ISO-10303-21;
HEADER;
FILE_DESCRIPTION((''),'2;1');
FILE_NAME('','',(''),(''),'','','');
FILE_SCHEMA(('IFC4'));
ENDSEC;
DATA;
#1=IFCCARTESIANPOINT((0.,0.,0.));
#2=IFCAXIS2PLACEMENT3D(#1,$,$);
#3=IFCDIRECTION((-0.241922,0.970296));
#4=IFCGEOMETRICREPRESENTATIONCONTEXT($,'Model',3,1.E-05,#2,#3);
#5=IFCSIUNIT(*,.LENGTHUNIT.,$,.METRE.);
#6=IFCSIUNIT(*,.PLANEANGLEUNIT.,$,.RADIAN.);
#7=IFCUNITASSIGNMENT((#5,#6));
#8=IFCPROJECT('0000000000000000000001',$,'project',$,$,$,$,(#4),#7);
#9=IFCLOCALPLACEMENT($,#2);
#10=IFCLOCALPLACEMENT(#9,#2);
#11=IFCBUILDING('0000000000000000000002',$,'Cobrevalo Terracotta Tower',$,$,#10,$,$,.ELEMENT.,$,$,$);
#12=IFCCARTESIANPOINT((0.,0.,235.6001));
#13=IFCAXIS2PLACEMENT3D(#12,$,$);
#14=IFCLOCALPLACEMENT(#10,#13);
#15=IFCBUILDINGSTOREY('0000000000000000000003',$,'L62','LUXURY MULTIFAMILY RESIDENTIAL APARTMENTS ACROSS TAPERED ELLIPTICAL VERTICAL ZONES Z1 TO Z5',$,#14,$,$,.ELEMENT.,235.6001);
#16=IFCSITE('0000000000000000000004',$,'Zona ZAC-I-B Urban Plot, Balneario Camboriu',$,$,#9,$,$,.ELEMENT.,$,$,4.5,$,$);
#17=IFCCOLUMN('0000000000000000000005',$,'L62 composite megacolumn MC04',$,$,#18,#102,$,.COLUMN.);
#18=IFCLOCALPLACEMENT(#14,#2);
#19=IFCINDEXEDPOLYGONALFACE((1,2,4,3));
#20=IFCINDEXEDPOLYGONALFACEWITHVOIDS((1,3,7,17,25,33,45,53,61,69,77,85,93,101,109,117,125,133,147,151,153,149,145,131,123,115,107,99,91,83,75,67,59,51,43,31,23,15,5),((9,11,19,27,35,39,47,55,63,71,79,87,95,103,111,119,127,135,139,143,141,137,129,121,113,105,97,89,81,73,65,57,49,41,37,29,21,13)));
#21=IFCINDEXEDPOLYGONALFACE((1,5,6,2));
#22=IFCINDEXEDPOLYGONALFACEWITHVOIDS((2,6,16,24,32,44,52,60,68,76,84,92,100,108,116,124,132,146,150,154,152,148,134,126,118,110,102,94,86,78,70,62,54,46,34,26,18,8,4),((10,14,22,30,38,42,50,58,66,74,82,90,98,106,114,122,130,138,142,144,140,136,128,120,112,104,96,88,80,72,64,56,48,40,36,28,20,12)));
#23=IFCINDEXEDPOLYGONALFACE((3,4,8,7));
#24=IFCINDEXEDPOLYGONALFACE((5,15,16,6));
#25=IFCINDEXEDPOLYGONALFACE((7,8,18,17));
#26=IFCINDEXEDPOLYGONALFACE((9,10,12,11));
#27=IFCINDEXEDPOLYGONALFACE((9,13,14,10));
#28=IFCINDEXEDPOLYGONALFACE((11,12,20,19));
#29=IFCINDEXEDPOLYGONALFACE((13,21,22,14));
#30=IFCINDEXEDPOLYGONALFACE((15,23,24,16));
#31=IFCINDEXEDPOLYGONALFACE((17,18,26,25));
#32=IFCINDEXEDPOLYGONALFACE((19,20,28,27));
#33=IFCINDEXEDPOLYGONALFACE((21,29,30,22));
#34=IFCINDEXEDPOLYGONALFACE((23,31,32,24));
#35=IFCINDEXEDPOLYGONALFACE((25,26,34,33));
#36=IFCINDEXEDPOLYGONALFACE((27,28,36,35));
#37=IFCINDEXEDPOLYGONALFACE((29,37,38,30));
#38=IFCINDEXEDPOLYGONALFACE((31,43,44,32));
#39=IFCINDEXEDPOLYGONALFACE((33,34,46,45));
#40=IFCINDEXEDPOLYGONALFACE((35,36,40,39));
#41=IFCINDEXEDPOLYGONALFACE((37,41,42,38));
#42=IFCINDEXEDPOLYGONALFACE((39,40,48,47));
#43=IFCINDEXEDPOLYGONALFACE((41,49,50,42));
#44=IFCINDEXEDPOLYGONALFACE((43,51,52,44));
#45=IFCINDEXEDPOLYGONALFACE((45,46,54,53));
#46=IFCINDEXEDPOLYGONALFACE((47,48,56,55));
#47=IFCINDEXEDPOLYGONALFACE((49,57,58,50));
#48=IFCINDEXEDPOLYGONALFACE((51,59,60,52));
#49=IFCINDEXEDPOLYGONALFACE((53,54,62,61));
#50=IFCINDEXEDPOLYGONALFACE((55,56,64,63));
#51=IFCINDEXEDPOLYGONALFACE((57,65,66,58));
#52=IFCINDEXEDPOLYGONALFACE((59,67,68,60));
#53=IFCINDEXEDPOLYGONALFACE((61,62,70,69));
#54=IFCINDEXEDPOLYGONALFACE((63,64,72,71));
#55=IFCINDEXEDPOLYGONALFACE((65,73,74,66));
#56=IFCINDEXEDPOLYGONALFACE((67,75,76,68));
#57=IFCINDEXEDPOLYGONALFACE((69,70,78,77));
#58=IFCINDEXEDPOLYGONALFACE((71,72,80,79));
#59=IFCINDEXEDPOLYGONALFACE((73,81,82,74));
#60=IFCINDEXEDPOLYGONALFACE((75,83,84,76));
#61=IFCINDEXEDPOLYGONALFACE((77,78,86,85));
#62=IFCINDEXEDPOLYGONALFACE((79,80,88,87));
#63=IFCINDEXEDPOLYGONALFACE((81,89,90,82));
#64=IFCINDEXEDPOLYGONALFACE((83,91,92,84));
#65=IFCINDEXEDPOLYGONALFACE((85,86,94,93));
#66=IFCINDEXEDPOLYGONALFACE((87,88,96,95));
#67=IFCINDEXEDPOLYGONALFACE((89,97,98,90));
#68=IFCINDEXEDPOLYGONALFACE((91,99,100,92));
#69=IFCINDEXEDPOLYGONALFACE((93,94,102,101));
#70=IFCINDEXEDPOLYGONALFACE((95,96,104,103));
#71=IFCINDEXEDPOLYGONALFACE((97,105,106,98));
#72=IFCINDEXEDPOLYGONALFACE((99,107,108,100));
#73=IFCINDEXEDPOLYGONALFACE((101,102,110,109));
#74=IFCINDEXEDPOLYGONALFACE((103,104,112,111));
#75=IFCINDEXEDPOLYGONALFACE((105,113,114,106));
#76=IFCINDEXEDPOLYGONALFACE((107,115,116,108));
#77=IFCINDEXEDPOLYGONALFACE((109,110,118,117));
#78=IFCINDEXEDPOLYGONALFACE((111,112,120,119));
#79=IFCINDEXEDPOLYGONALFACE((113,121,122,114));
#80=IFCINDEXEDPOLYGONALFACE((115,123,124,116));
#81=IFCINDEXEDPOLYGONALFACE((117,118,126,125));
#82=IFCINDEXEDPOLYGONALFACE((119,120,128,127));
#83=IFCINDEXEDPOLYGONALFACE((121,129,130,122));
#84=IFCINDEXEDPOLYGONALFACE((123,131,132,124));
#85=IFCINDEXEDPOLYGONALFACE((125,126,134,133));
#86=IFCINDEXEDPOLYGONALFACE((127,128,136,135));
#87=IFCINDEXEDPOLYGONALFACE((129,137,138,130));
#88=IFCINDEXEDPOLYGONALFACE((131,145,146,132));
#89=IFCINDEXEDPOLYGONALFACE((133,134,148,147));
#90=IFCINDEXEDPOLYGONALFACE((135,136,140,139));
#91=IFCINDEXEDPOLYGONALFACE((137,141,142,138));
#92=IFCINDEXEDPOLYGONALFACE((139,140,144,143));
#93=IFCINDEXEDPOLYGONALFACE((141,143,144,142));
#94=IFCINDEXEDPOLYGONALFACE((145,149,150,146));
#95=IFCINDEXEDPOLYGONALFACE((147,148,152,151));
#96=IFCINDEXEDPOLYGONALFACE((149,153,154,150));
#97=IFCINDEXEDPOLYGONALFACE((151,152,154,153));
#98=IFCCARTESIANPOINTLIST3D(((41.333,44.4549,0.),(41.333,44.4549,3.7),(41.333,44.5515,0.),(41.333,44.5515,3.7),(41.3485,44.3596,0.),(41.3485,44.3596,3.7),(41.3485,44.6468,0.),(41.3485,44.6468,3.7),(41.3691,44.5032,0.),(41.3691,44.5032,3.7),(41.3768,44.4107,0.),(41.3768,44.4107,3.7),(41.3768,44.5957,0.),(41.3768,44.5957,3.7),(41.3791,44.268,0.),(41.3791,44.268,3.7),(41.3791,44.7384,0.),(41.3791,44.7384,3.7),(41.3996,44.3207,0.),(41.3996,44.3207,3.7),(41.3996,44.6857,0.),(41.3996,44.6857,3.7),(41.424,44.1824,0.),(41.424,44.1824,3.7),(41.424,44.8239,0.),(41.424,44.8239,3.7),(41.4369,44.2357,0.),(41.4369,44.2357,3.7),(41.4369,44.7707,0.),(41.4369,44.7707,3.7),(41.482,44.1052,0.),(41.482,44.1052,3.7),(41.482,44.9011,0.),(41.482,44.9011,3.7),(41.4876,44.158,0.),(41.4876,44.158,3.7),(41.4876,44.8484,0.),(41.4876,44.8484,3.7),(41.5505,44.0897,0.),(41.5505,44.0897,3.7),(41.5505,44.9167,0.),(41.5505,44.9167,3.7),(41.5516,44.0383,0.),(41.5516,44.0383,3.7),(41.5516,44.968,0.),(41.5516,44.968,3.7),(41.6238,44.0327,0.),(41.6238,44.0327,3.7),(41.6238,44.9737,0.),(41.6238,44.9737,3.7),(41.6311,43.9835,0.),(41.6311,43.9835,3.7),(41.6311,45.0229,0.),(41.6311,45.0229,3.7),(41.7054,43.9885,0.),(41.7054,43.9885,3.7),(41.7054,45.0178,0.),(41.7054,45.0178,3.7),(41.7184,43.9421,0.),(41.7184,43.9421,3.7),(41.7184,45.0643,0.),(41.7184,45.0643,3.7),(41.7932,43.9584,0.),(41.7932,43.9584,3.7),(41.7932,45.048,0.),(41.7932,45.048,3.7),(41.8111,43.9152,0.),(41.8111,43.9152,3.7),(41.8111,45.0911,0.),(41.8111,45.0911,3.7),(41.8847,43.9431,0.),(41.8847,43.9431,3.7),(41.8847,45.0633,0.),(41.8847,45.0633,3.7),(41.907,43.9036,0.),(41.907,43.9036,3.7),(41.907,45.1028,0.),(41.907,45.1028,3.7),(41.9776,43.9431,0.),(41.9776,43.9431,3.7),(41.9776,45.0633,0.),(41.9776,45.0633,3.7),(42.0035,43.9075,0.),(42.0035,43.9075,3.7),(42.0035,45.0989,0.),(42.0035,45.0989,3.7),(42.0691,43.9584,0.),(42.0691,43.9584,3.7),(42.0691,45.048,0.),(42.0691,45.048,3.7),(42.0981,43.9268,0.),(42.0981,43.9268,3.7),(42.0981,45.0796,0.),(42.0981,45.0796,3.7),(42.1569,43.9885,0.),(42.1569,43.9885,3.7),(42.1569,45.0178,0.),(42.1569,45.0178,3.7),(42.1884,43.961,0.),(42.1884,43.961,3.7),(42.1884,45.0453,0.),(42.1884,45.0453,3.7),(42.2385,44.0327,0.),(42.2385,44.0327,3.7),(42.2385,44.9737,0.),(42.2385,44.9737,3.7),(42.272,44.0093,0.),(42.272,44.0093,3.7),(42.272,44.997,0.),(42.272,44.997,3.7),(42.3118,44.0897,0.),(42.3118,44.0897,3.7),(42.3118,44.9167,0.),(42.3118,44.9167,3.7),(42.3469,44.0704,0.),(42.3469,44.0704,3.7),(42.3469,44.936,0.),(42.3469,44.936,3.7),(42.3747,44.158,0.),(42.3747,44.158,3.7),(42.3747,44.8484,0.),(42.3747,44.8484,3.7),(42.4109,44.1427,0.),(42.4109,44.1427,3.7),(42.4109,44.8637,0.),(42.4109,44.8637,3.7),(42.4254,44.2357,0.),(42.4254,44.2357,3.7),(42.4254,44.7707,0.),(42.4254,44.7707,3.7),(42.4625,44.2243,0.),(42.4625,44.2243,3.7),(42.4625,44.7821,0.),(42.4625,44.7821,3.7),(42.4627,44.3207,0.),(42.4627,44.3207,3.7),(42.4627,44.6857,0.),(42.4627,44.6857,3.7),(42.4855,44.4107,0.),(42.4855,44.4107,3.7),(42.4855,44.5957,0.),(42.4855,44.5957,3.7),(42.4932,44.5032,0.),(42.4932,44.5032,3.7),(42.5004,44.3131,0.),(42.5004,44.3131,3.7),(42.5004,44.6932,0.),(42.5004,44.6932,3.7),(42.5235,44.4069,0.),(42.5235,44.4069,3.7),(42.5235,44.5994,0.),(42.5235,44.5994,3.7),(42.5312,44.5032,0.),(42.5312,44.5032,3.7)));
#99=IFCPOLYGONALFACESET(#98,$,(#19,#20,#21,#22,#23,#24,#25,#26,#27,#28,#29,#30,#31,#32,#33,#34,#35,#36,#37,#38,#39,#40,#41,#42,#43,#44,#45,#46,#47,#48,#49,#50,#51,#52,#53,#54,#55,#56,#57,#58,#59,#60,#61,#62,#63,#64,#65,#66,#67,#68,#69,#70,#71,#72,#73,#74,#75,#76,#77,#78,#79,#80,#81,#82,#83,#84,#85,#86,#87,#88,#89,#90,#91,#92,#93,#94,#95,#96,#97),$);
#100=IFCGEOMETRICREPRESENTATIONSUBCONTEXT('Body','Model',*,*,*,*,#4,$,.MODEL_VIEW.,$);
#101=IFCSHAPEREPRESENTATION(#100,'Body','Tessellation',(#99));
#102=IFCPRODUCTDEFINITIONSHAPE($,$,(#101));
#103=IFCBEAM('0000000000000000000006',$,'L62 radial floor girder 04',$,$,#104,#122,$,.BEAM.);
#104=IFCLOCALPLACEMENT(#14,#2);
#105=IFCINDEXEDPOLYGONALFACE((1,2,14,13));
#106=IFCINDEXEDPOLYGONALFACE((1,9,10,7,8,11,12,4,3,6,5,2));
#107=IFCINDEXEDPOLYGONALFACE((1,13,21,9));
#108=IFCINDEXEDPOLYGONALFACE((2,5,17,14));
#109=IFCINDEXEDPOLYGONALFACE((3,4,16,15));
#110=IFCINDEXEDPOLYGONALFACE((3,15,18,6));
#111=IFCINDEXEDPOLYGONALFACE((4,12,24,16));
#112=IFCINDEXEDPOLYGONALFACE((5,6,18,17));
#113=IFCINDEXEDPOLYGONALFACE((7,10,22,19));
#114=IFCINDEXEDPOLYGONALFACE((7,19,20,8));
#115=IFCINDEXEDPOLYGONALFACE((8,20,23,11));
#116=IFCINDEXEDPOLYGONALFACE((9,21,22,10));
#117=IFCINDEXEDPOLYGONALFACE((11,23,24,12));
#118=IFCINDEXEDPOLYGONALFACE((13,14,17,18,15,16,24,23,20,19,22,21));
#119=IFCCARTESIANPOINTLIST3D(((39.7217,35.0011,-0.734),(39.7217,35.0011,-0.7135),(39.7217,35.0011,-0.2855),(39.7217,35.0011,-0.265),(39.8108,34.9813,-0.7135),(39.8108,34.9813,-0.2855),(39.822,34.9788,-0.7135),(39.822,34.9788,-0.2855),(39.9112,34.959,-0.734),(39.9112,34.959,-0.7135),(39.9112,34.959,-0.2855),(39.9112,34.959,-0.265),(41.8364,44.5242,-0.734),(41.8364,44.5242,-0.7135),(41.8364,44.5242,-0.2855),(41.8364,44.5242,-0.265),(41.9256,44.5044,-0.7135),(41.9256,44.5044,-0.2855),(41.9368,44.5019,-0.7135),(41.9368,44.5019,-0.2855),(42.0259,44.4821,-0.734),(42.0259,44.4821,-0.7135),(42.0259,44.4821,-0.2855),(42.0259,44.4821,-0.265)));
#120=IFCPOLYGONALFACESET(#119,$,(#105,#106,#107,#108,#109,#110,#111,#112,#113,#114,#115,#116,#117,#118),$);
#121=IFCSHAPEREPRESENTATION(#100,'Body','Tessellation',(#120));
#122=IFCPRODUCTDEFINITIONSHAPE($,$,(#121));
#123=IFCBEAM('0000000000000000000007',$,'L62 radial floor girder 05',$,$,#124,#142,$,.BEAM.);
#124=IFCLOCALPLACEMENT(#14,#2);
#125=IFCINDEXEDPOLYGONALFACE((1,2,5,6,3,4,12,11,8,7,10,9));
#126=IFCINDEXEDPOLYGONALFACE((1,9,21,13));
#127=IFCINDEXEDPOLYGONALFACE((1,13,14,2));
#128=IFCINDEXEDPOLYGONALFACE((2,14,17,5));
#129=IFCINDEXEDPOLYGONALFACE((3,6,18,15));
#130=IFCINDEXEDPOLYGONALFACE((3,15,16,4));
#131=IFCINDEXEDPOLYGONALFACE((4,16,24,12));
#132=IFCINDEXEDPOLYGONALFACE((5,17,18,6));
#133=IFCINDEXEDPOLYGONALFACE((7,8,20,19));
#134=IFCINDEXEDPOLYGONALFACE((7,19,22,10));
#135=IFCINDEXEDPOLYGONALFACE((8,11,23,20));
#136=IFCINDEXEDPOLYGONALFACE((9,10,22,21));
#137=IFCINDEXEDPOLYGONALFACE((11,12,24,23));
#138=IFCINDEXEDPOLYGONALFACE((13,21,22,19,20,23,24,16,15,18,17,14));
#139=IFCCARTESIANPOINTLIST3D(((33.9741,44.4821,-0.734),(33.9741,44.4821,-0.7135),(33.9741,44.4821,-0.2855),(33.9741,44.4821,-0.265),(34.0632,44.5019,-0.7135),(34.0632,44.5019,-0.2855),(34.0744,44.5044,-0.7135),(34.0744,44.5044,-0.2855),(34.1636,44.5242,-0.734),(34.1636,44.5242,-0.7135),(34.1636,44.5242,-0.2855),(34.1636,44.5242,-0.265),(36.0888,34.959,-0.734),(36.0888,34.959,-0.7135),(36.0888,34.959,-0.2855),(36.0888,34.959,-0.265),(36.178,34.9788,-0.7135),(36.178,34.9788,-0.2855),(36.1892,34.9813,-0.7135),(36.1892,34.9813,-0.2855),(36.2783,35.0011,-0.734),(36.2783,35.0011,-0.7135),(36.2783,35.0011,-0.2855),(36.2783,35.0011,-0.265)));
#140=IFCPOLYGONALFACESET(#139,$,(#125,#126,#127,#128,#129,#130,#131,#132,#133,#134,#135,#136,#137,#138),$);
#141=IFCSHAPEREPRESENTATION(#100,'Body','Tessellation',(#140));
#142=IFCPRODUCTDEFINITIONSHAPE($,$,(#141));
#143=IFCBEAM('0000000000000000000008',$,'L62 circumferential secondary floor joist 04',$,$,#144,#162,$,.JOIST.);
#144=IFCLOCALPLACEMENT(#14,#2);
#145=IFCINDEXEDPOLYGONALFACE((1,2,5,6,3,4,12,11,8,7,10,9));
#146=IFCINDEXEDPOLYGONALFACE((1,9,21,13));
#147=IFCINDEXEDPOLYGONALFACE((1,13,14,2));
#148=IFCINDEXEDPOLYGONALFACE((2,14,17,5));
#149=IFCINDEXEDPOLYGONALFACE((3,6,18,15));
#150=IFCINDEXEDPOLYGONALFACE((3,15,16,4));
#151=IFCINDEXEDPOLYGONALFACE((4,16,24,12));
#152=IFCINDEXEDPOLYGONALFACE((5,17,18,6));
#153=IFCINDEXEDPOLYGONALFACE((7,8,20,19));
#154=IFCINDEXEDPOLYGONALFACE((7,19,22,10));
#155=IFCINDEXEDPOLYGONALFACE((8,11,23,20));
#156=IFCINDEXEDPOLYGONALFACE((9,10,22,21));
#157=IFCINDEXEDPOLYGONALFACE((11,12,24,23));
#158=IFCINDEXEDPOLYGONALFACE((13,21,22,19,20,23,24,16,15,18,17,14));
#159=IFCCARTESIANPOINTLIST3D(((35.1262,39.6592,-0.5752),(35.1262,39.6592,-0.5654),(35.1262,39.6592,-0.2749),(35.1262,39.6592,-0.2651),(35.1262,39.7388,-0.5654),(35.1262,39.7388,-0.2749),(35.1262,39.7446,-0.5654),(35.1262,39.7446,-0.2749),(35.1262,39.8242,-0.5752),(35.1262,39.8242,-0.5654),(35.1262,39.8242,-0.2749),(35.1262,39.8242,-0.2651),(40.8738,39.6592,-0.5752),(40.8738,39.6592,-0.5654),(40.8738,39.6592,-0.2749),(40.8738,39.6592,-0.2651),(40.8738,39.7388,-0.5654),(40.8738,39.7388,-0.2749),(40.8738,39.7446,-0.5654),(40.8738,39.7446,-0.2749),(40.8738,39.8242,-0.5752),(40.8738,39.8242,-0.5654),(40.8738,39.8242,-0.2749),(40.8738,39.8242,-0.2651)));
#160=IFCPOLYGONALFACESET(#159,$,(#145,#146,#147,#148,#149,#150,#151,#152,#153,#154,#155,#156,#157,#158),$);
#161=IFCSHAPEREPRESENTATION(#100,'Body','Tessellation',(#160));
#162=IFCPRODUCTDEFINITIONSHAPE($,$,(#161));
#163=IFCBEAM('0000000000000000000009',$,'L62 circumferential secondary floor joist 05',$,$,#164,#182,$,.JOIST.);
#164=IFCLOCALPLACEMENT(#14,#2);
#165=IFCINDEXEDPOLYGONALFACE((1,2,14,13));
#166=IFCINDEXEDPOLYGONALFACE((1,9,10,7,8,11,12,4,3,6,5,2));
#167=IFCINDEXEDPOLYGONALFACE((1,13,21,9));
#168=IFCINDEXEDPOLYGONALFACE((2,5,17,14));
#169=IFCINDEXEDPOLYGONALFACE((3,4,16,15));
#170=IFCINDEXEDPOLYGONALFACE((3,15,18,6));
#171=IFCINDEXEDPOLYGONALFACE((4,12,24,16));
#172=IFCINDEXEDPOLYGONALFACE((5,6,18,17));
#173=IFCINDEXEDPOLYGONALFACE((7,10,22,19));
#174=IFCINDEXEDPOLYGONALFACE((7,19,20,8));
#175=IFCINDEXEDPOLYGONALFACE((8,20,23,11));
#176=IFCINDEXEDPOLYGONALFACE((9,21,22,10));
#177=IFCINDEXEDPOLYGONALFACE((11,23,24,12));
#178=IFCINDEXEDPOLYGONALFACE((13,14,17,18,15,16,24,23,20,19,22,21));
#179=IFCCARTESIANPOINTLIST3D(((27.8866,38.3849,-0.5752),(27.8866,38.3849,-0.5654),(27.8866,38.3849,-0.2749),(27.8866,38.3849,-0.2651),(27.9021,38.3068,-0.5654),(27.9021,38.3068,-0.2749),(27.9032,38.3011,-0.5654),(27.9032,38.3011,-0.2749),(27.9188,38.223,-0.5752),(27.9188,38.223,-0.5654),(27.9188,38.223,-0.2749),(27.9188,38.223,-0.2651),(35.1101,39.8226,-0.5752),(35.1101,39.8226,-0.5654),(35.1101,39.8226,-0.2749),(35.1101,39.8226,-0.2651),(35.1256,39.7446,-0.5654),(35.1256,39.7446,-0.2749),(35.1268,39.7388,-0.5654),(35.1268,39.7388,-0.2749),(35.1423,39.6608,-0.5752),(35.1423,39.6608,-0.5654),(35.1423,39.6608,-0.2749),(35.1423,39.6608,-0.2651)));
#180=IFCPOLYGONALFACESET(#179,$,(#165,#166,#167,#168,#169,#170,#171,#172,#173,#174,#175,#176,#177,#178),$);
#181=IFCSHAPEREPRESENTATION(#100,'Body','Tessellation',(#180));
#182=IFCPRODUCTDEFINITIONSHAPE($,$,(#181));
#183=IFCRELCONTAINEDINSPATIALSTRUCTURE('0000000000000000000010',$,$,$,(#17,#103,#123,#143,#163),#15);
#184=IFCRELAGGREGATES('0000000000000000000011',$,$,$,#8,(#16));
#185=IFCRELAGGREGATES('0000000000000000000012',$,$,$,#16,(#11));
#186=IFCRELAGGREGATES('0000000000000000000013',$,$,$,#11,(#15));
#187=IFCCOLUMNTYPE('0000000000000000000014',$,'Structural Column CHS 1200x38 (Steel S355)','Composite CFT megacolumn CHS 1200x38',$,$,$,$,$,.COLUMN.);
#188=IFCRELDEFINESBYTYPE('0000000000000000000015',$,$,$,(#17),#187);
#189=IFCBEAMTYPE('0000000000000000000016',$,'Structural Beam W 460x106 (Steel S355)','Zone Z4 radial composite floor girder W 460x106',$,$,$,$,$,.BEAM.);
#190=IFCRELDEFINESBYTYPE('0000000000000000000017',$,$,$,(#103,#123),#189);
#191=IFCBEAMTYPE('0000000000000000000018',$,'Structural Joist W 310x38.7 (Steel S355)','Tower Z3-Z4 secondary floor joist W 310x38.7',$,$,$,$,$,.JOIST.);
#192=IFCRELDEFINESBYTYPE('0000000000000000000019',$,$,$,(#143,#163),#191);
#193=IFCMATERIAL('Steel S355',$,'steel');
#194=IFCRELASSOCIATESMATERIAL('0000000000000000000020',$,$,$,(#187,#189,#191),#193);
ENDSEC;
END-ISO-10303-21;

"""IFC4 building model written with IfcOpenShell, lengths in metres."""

from ifc_helpers import new_model, si_unit, direction, frame, origin, origin_2d, place, context, subcontext, project, spatial, hollow_circle, i_section, extrude, material, material_profile, profile_set, type_object, element, save


model = new_model("IFC4")

# Units and contexts
model_context = context("Model", 3, precision=1e-05, world=origin(), true_north=direction((-0.241922, 0.970296)))
body_context = subcontext(model_context, "Body", "Model", "MODEL_VIEW")
ifc_project = project(units=[si_unit("LENGTHUNIT", "METRE"), si_unit("PLANEANGLEUNIT", "RADIAN")], contexts=[model_context])

# Site, building, storey
site_placement = place(None, origin())
site = spatial("IfcSite", under=ifc_project, at=site_placement, Name="Zona ZAC-I-B Urban Plot, Balneario Camboriu", CompositionType="ELEMENT", RefElevation=4.5)
building_placement = place(site_placement, origin())
building = spatial("IfcBuilding", under=site, at=building_placement, Name="Cobrevalo Terracotta Tower", CompositionType="ELEMENT")
storey_placement = place(building_placement, frame((0.0, 0.0, 235.6001)))
storey = spatial("IfcBuildingStorey", under=building, at=storey_placement, Name="L62", Description="LUXURY MULTIFAMILY RESIDENTIAL APARTMENTS ACROSS TAPERED ELLIPTICAL VERTICAL ZONES Z1 TO Z5", CompositionType="ELEMENT", Elevation=235.6001)

# Column
ifc_material_1 = material(Name="Steel S355", Category="steel")
ifc_material_profile_1 = material_profile(ifc_material_1, hollow_circle(Radius=0.6001, WallThickness=0.0381, at=origin_2d()), Name="CHS 1200x38")
ifc_profile_set_1 = profile_set([ifc_material_profile_1], Name="Steel S355")
column_type = type_object("IfcColumnType", Name="Structural Column CHS 1200x38 (Steel S355)", Description="Composite CFT megacolumn CHS 1200x38", PredefinedType="COLUMN", material=ifc_profile_set_1)
column_placement = place(storey_placement, frame((41.9312, 44.5032, 0.0), z_axis=(0.0, 0.0, 1.0), x_axis=(1.0, 0.0, 0.0)))
element("IfcColumn", 1, at=column_placement, inside=storey, type_object=column_type, Name="L62 composite megacolumn MC04", PredefinedType="COLUMN", context=body_context, shape_type="SweptSolid", body=[
    extrude(hollow_circle(Radius=0.6001, WallThickness=0.0381, at=origin_2d()), origin(), (0.0, 0.0, 1.0), 3.7),
])

# Beams
ifc_material_profile_2 = material_profile(ifc_material_1, i_section(OverallWidth=0.1941, OverallDepth=0.469, WebThickness=0.0115, FlangeThickness=0.0205, at=origin_2d()), Name="W 460x106")
ifc_profile_set_2 = profile_set([ifc_material_profile_2], Name="Steel S355")
beam_type_1 = type_object("IfcBeamType", Name="Structural Beam W 460x106 (Steel S355)", Description="Zone Z4 radial composite floor girder W 460x106", PredefinedType="BEAM", material=ifc_profile_set_2)
for number, where, z_axis, x_axis, name in (
    (2, (41.9312, 44.5032, -0.4995), (-0.216782, -0.97622, 0.0), (0.97622, -0.216782, 0.0), "L62 radial floor girder 04"),
    (3, (34.0688, 44.5032, -0.4995), (0.216782, -0.97622, 0.0), (0.97622, 0.216782, 0.0), "L62 radial floor girder 05"),
):
    element("IfcBeam", number, at=place(storey_placement, frame(where, z_axis=z_axis, x_axis=x_axis)), inside=storey, type_object=beam_type_1, Name=name, PredefinedType="BEAM", context=body_context, shape_type="SweptSolid", body=[
        extrude(i_section(OverallWidth=0.1941, OverallDepth=0.469, WebThickness=0.0115, FlangeThickness=0.0205, at=origin_2d()), origin(), (0.0, 0.0, 1.0), 9.7551),
    ])
ifc_material_profile_3 = material_profile(ifc_material_1, i_section(OverallWidth=0.165, OverallDepth=0.3101, WebThickness=0.0059, FlangeThickness=0.0098, at=origin_2d()), Name="W 310x38.7")
ifc_profile_set_3 = profile_set([ifc_material_profile_3], Name="Steel S355")
beam_type_2 = type_object("IfcBeamType", Name="Structural Joist W 310x38.7 (Steel S355)", Description="Tower Z3-Z4 secondary floor joist W 310x38.7", PredefinedType="JOIST", material=ifc_profile_set_3)
beam_1_placement = place(storey_placement, frame((40.8738, 39.7417, -0.4202), z_axis=(-1.0, 0.0, 0.0), x_axis=(0.0, -1.0, 0.0)))
element("IfcBeam", 4, at=beam_1_placement, inside=storey, type_object=beam_type_2, Name="L62 circumferential secondary floor joist 04", PredefinedType="JOIST", context=body_context, shape_type="SweptSolid", body=[
    extrude(i_section(OverallWidth=0.165, OverallDepth=0.3101, WebThickness=0.0059, FlangeThickness=0.0098, at=origin_2d()), origin(), (0.0, 0.0, 1.0), 5.7476),
])
beam_2_placement = place(storey_placement, frame((35.1262, 39.7417, -0.4202), z_axis=(-0.980763, -0.195204, 0.0), x_axis=(0.195204, -0.980763, 0.0)))
element("IfcBeam", 5, at=beam_2_placement, inside=storey, type_object=beam_type_2, Name="L62 circumferential secondary floor joist 05", PredefinedType="JOIST", context=body_context, shape_type="SweptSolid", body=[
    extrude(i_section(OverallWidth=0.165, OverallDepth=0.3101, WebThickness=0.0059, FlangeThickness=0.0098, at=origin_2d()), origin(), (0.0, 0.0, 1.0), 7.3652),
])

save(model, "model.ifc")
